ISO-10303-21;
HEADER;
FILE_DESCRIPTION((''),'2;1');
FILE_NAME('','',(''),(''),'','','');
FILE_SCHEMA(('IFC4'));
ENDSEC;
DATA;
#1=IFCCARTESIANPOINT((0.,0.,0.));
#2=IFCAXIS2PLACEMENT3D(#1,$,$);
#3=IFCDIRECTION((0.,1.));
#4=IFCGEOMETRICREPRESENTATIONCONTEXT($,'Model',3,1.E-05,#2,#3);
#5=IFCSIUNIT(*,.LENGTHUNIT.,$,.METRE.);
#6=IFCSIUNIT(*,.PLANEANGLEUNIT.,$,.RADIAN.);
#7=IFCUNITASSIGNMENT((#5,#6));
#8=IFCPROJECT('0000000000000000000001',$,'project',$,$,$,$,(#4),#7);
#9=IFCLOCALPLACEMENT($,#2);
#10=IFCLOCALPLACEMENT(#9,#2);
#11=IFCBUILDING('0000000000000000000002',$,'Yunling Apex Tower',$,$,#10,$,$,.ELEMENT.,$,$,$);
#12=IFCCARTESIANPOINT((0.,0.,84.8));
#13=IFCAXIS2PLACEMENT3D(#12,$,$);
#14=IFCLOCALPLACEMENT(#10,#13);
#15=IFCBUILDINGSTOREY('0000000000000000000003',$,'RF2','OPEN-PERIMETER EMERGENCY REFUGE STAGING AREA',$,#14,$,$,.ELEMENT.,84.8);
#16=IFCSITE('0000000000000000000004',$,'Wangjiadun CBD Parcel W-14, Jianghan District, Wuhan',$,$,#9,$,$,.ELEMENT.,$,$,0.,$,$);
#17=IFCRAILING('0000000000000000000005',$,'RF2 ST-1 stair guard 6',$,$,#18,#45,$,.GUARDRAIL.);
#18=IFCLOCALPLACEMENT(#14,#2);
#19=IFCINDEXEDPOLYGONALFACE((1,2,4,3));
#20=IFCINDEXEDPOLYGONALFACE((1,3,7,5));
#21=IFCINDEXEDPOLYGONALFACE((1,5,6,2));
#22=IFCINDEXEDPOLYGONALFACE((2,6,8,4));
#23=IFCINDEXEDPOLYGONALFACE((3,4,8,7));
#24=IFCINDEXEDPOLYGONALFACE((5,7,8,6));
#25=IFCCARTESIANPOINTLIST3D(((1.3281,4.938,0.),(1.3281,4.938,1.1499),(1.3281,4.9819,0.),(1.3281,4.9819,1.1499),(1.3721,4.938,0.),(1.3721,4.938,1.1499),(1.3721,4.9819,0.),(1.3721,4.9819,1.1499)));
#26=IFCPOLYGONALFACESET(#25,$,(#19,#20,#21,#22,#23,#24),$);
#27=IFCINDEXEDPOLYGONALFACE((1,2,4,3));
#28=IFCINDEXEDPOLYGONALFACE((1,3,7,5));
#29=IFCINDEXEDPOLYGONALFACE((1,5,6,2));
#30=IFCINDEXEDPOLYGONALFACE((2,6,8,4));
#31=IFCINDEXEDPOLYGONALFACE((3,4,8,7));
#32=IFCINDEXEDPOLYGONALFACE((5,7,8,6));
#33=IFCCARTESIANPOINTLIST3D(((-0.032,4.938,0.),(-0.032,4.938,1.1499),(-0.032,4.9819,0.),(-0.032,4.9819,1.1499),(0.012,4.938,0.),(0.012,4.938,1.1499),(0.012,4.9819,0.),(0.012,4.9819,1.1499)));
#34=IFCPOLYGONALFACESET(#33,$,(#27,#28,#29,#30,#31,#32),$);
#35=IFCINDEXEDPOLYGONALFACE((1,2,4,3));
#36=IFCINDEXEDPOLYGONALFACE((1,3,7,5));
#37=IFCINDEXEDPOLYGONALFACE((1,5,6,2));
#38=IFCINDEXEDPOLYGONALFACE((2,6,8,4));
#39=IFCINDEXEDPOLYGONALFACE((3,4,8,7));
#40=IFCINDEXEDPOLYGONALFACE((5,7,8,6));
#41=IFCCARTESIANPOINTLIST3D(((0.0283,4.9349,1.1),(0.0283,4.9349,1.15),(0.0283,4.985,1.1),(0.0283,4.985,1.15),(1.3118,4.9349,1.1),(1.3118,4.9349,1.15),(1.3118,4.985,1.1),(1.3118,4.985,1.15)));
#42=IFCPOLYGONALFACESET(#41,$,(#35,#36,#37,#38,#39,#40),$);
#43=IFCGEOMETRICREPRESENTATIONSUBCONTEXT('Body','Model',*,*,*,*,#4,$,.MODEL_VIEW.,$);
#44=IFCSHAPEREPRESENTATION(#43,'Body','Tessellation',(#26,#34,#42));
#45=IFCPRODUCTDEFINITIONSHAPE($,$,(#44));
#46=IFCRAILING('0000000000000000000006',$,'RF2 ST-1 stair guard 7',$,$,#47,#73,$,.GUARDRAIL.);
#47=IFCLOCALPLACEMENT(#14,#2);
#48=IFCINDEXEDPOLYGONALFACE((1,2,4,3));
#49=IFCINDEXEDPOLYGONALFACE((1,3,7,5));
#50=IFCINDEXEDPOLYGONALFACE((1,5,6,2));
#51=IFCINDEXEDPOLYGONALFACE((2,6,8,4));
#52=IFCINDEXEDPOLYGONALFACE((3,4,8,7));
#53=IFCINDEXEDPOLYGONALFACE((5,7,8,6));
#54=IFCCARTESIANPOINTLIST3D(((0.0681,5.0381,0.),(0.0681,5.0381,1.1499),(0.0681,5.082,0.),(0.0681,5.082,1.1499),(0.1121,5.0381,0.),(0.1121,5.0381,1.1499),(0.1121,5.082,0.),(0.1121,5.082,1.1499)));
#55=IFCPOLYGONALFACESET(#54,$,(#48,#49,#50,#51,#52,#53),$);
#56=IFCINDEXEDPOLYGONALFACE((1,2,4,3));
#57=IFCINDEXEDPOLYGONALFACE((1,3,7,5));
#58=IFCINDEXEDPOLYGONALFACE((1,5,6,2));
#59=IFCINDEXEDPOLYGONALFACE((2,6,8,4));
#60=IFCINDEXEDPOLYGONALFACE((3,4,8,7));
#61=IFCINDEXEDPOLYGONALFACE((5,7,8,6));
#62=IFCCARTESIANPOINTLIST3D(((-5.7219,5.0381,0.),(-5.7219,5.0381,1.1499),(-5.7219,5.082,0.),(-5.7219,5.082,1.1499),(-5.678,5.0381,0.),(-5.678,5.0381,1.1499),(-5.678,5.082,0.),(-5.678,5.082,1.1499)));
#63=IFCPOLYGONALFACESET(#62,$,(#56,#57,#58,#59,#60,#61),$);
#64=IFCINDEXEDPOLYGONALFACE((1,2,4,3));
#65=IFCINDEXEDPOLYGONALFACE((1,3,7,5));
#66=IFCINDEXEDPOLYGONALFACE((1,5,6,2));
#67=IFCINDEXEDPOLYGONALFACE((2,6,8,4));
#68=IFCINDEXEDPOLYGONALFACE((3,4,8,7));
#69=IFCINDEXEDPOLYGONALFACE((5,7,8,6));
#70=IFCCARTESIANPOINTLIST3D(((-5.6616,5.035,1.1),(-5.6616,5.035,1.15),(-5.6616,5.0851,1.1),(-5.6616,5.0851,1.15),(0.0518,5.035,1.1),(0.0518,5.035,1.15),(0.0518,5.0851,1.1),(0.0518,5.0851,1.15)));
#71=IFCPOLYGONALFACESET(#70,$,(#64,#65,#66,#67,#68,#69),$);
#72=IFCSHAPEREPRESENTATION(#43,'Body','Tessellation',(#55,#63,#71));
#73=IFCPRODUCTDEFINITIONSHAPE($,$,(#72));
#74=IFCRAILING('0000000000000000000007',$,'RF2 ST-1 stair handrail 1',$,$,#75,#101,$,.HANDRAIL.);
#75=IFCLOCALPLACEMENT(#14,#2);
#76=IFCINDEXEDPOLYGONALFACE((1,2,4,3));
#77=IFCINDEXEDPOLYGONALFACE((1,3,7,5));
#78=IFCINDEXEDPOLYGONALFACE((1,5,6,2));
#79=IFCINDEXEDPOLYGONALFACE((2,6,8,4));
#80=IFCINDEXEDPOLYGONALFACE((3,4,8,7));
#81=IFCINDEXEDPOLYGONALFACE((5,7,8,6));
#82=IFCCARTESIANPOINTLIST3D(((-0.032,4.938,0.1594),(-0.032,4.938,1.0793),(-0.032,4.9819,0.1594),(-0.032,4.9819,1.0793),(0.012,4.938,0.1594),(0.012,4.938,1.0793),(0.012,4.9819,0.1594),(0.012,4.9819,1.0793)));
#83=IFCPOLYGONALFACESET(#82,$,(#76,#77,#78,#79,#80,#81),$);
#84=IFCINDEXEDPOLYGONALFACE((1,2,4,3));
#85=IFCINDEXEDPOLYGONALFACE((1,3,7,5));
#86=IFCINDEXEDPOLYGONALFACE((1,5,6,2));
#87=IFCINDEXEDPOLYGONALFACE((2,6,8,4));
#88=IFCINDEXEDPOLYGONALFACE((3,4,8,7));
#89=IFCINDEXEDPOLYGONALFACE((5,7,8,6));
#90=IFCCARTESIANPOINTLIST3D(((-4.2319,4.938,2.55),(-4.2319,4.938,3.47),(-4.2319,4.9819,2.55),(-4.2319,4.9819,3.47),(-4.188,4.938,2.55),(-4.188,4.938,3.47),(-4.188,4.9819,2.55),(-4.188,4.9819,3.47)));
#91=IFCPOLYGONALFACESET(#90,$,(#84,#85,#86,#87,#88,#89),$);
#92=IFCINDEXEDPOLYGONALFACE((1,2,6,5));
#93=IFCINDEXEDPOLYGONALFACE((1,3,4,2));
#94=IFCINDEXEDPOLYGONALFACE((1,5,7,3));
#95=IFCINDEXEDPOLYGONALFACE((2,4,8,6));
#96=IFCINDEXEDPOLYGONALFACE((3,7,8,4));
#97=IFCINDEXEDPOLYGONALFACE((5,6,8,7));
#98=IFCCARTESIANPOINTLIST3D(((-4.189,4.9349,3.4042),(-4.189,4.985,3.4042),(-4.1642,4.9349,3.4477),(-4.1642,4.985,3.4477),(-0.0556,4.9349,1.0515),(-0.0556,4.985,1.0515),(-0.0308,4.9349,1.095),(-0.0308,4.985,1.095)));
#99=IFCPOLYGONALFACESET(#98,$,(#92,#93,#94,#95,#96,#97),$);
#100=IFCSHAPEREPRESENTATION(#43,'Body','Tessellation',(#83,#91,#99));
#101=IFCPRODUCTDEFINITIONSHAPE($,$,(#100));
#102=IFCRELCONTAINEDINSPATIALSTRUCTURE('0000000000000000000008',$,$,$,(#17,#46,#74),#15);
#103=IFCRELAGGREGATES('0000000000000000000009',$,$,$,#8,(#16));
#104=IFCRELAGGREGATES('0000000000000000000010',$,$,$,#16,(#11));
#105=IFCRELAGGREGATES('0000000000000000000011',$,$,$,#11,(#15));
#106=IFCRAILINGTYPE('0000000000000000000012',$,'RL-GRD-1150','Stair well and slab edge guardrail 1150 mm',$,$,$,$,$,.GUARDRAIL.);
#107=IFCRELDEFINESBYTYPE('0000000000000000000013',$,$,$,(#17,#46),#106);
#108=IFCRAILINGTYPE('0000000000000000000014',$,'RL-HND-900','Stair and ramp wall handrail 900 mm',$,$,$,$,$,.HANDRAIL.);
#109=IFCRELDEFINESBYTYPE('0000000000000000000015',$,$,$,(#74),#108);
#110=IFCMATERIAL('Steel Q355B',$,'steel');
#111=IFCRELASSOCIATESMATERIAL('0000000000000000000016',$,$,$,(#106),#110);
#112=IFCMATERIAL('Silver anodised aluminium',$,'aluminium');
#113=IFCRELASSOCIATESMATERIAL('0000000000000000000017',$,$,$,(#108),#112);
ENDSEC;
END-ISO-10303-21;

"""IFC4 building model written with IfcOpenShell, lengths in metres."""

from ifc_helpers import new_model, si_unit, direction, frame, origin, origin_2d, place, context, subcontext, project, spatial, rectangle, extrude, material, type_object, element, save


model = new_model("IFC4")

# Units and contexts
model_context = context("Model", 3, precision=1e-05, world=origin(), true_north=direction((0.0, 1.0)))
body_context = subcontext(model_context, "Body", "Model", "MODEL_VIEW")
ifc_project = project(units=[si_unit("LENGTHUNIT", "METRE"), si_unit("PLANEANGLEUNIT", "RADIAN")], contexts=[model_context])

# Site, building, storey
site_placement = place(None, origin())
site = spatial("IfcSite", under=ifc_project, at=site_placement, Name="Wangjiadun CBD Parcel W-14, Jianghan District, Wuhan", CompositionType="ELEMENT", RefElevation=0.0)
building_placement = place(site_placement, origin())
building = spatial("IfcBuilding", under=site, at=building_placement, Name="Yunling Apex Tower", CompositionType="ELEMENT")
storey_placement = place(building_placement, frame((0.0, 0.0, 84.8)))
storey = spatial("IfcBuildingStorey", under=building, at=storey_placement, Name="RF2", Description="OPEN-PERIMETER EMERGENCY REFUGE STAGING AREA", CompositionType="ELEMENT", Elevation=84.8)

# Shared definitions
ifc_material_1 = material(Name="Steel Q355B", Category="steel")

# Railings
railing_type_1 = type_object("IfcRailingType", Name="RL-GRD-1150", Description="Stair well and slab edge guardrail 1150 mm", PredefinedType="GUARDRAIL", material=ifc_material_1)
railing_1_placement = place(storey_placement, frame((1.3501, 4.96, 0.0)))
element("IfcRailing", 1, at=railing_1_placement, inside=storey, type_object=railing_type_1, Name="RF2 ST-1 stair guard 6", PredefinedType="GUARDRAIL", context=body_context, shape_type="SweptSolid", body=[
    extrude(rectangle(XDim=0.0439, YDim=0.0439, at=origin_2d()), origin(), (0.0, 0.0, 1.0), 1.1499),
    extrude(rectangle(XDim=0.0439, YDim=0.0439, at=origin_2d()), frame((-1.3601, 0.0, 0.0)), (0.0, 0.0, 1.0), 1.1499),
    extrude(rectangle(XDim=0.05, YDim=0.05, at=origin_2d()), frame((-0.0383, 0.0, 1.125), z_axis=(-1.0, 0.0, 0.0), x_axis=(0.0, -1.0, 0.0)), (0.0, 0.0, 1.0), 1.2834),
])
railing_2_placement = place(storey_placement, frame((0.0901, 5.0601, 0.0)))
element("IfcRailing", 2, at=railing_2_placement, inside=storey, type_object=railing_type_1, Name="RF2 ST-1 stair guard 7", PredefinedType="GUARDRAIL", context=body_context, shape_type="SweptSolid", body=[
    extrude(rectangle(XDim=0.0439, YDim=0.0439, at=origin_2d()), origin(), (0.0, 0.0, 1.0), 1.1499),
    extrude(rectangle(XDim=0.0439, YDim=0.0439, at=origin_2d()), frame((-5.79, 0.0, 0.0)), (0.0, 0.0, 1.0), 1.1499),
    extrude(rectangle(XDim=0.05, YDim=0.05, at=origin_2d()), frame((-0.0383, 0.0, 1.125), z_axis=(-1.0, 0.0, 0.0), x_axis=(0.0, -1.0, 0.0)), (0.0, 0.0, 1.0), 5.7134),
])
ifc_material_2 = material(Name="Silver anodised aluminium", Category="aluminium")
railing_type_2 = type_object("IfcRailingType", Name="RL-HND-900", Description="Stair and ramp wall handrail 900 mm", PredefinedType="HANDRAIL", material=ifc_material_2)
railing_3_placement = place(storey_placement, frame((-0.01, 4.96, 0.1594)))
element("IfcRailing", 3, at=railing_3_placement, inside=storey, type_object=railing_type_2, Name="RF2 ST-1 stair handrail 1", PredefinedType="HANDRAIL", context=body_context, shape_type="SweptSolid", body=[
    extrude(rectangle(XDim=0.0439, YDim=0.0439, at=origin_2d()), origin(), (0.0, 0.0, 1.0), 0.9199),
    extrude(rectangle(XDim=0.0439, YDim=0.0439, at=origin_2d()), frame((-4.2, 0.0, 2.3906)), (0.0, 0.0, 1.0), 0.9199),
    extrude(rectangle(XDim=0.05, YDim=0.05, at=origin_2d()), frame((-0.0332, 0.0, 0.9138), z_axis=(-0.869075, 0.0, 0.49468), x_axis=(0.0, -1.0, 0.0)), (0.0, 0.0, 1.0), 4.7561),
])

save(model, "model.ifc")
